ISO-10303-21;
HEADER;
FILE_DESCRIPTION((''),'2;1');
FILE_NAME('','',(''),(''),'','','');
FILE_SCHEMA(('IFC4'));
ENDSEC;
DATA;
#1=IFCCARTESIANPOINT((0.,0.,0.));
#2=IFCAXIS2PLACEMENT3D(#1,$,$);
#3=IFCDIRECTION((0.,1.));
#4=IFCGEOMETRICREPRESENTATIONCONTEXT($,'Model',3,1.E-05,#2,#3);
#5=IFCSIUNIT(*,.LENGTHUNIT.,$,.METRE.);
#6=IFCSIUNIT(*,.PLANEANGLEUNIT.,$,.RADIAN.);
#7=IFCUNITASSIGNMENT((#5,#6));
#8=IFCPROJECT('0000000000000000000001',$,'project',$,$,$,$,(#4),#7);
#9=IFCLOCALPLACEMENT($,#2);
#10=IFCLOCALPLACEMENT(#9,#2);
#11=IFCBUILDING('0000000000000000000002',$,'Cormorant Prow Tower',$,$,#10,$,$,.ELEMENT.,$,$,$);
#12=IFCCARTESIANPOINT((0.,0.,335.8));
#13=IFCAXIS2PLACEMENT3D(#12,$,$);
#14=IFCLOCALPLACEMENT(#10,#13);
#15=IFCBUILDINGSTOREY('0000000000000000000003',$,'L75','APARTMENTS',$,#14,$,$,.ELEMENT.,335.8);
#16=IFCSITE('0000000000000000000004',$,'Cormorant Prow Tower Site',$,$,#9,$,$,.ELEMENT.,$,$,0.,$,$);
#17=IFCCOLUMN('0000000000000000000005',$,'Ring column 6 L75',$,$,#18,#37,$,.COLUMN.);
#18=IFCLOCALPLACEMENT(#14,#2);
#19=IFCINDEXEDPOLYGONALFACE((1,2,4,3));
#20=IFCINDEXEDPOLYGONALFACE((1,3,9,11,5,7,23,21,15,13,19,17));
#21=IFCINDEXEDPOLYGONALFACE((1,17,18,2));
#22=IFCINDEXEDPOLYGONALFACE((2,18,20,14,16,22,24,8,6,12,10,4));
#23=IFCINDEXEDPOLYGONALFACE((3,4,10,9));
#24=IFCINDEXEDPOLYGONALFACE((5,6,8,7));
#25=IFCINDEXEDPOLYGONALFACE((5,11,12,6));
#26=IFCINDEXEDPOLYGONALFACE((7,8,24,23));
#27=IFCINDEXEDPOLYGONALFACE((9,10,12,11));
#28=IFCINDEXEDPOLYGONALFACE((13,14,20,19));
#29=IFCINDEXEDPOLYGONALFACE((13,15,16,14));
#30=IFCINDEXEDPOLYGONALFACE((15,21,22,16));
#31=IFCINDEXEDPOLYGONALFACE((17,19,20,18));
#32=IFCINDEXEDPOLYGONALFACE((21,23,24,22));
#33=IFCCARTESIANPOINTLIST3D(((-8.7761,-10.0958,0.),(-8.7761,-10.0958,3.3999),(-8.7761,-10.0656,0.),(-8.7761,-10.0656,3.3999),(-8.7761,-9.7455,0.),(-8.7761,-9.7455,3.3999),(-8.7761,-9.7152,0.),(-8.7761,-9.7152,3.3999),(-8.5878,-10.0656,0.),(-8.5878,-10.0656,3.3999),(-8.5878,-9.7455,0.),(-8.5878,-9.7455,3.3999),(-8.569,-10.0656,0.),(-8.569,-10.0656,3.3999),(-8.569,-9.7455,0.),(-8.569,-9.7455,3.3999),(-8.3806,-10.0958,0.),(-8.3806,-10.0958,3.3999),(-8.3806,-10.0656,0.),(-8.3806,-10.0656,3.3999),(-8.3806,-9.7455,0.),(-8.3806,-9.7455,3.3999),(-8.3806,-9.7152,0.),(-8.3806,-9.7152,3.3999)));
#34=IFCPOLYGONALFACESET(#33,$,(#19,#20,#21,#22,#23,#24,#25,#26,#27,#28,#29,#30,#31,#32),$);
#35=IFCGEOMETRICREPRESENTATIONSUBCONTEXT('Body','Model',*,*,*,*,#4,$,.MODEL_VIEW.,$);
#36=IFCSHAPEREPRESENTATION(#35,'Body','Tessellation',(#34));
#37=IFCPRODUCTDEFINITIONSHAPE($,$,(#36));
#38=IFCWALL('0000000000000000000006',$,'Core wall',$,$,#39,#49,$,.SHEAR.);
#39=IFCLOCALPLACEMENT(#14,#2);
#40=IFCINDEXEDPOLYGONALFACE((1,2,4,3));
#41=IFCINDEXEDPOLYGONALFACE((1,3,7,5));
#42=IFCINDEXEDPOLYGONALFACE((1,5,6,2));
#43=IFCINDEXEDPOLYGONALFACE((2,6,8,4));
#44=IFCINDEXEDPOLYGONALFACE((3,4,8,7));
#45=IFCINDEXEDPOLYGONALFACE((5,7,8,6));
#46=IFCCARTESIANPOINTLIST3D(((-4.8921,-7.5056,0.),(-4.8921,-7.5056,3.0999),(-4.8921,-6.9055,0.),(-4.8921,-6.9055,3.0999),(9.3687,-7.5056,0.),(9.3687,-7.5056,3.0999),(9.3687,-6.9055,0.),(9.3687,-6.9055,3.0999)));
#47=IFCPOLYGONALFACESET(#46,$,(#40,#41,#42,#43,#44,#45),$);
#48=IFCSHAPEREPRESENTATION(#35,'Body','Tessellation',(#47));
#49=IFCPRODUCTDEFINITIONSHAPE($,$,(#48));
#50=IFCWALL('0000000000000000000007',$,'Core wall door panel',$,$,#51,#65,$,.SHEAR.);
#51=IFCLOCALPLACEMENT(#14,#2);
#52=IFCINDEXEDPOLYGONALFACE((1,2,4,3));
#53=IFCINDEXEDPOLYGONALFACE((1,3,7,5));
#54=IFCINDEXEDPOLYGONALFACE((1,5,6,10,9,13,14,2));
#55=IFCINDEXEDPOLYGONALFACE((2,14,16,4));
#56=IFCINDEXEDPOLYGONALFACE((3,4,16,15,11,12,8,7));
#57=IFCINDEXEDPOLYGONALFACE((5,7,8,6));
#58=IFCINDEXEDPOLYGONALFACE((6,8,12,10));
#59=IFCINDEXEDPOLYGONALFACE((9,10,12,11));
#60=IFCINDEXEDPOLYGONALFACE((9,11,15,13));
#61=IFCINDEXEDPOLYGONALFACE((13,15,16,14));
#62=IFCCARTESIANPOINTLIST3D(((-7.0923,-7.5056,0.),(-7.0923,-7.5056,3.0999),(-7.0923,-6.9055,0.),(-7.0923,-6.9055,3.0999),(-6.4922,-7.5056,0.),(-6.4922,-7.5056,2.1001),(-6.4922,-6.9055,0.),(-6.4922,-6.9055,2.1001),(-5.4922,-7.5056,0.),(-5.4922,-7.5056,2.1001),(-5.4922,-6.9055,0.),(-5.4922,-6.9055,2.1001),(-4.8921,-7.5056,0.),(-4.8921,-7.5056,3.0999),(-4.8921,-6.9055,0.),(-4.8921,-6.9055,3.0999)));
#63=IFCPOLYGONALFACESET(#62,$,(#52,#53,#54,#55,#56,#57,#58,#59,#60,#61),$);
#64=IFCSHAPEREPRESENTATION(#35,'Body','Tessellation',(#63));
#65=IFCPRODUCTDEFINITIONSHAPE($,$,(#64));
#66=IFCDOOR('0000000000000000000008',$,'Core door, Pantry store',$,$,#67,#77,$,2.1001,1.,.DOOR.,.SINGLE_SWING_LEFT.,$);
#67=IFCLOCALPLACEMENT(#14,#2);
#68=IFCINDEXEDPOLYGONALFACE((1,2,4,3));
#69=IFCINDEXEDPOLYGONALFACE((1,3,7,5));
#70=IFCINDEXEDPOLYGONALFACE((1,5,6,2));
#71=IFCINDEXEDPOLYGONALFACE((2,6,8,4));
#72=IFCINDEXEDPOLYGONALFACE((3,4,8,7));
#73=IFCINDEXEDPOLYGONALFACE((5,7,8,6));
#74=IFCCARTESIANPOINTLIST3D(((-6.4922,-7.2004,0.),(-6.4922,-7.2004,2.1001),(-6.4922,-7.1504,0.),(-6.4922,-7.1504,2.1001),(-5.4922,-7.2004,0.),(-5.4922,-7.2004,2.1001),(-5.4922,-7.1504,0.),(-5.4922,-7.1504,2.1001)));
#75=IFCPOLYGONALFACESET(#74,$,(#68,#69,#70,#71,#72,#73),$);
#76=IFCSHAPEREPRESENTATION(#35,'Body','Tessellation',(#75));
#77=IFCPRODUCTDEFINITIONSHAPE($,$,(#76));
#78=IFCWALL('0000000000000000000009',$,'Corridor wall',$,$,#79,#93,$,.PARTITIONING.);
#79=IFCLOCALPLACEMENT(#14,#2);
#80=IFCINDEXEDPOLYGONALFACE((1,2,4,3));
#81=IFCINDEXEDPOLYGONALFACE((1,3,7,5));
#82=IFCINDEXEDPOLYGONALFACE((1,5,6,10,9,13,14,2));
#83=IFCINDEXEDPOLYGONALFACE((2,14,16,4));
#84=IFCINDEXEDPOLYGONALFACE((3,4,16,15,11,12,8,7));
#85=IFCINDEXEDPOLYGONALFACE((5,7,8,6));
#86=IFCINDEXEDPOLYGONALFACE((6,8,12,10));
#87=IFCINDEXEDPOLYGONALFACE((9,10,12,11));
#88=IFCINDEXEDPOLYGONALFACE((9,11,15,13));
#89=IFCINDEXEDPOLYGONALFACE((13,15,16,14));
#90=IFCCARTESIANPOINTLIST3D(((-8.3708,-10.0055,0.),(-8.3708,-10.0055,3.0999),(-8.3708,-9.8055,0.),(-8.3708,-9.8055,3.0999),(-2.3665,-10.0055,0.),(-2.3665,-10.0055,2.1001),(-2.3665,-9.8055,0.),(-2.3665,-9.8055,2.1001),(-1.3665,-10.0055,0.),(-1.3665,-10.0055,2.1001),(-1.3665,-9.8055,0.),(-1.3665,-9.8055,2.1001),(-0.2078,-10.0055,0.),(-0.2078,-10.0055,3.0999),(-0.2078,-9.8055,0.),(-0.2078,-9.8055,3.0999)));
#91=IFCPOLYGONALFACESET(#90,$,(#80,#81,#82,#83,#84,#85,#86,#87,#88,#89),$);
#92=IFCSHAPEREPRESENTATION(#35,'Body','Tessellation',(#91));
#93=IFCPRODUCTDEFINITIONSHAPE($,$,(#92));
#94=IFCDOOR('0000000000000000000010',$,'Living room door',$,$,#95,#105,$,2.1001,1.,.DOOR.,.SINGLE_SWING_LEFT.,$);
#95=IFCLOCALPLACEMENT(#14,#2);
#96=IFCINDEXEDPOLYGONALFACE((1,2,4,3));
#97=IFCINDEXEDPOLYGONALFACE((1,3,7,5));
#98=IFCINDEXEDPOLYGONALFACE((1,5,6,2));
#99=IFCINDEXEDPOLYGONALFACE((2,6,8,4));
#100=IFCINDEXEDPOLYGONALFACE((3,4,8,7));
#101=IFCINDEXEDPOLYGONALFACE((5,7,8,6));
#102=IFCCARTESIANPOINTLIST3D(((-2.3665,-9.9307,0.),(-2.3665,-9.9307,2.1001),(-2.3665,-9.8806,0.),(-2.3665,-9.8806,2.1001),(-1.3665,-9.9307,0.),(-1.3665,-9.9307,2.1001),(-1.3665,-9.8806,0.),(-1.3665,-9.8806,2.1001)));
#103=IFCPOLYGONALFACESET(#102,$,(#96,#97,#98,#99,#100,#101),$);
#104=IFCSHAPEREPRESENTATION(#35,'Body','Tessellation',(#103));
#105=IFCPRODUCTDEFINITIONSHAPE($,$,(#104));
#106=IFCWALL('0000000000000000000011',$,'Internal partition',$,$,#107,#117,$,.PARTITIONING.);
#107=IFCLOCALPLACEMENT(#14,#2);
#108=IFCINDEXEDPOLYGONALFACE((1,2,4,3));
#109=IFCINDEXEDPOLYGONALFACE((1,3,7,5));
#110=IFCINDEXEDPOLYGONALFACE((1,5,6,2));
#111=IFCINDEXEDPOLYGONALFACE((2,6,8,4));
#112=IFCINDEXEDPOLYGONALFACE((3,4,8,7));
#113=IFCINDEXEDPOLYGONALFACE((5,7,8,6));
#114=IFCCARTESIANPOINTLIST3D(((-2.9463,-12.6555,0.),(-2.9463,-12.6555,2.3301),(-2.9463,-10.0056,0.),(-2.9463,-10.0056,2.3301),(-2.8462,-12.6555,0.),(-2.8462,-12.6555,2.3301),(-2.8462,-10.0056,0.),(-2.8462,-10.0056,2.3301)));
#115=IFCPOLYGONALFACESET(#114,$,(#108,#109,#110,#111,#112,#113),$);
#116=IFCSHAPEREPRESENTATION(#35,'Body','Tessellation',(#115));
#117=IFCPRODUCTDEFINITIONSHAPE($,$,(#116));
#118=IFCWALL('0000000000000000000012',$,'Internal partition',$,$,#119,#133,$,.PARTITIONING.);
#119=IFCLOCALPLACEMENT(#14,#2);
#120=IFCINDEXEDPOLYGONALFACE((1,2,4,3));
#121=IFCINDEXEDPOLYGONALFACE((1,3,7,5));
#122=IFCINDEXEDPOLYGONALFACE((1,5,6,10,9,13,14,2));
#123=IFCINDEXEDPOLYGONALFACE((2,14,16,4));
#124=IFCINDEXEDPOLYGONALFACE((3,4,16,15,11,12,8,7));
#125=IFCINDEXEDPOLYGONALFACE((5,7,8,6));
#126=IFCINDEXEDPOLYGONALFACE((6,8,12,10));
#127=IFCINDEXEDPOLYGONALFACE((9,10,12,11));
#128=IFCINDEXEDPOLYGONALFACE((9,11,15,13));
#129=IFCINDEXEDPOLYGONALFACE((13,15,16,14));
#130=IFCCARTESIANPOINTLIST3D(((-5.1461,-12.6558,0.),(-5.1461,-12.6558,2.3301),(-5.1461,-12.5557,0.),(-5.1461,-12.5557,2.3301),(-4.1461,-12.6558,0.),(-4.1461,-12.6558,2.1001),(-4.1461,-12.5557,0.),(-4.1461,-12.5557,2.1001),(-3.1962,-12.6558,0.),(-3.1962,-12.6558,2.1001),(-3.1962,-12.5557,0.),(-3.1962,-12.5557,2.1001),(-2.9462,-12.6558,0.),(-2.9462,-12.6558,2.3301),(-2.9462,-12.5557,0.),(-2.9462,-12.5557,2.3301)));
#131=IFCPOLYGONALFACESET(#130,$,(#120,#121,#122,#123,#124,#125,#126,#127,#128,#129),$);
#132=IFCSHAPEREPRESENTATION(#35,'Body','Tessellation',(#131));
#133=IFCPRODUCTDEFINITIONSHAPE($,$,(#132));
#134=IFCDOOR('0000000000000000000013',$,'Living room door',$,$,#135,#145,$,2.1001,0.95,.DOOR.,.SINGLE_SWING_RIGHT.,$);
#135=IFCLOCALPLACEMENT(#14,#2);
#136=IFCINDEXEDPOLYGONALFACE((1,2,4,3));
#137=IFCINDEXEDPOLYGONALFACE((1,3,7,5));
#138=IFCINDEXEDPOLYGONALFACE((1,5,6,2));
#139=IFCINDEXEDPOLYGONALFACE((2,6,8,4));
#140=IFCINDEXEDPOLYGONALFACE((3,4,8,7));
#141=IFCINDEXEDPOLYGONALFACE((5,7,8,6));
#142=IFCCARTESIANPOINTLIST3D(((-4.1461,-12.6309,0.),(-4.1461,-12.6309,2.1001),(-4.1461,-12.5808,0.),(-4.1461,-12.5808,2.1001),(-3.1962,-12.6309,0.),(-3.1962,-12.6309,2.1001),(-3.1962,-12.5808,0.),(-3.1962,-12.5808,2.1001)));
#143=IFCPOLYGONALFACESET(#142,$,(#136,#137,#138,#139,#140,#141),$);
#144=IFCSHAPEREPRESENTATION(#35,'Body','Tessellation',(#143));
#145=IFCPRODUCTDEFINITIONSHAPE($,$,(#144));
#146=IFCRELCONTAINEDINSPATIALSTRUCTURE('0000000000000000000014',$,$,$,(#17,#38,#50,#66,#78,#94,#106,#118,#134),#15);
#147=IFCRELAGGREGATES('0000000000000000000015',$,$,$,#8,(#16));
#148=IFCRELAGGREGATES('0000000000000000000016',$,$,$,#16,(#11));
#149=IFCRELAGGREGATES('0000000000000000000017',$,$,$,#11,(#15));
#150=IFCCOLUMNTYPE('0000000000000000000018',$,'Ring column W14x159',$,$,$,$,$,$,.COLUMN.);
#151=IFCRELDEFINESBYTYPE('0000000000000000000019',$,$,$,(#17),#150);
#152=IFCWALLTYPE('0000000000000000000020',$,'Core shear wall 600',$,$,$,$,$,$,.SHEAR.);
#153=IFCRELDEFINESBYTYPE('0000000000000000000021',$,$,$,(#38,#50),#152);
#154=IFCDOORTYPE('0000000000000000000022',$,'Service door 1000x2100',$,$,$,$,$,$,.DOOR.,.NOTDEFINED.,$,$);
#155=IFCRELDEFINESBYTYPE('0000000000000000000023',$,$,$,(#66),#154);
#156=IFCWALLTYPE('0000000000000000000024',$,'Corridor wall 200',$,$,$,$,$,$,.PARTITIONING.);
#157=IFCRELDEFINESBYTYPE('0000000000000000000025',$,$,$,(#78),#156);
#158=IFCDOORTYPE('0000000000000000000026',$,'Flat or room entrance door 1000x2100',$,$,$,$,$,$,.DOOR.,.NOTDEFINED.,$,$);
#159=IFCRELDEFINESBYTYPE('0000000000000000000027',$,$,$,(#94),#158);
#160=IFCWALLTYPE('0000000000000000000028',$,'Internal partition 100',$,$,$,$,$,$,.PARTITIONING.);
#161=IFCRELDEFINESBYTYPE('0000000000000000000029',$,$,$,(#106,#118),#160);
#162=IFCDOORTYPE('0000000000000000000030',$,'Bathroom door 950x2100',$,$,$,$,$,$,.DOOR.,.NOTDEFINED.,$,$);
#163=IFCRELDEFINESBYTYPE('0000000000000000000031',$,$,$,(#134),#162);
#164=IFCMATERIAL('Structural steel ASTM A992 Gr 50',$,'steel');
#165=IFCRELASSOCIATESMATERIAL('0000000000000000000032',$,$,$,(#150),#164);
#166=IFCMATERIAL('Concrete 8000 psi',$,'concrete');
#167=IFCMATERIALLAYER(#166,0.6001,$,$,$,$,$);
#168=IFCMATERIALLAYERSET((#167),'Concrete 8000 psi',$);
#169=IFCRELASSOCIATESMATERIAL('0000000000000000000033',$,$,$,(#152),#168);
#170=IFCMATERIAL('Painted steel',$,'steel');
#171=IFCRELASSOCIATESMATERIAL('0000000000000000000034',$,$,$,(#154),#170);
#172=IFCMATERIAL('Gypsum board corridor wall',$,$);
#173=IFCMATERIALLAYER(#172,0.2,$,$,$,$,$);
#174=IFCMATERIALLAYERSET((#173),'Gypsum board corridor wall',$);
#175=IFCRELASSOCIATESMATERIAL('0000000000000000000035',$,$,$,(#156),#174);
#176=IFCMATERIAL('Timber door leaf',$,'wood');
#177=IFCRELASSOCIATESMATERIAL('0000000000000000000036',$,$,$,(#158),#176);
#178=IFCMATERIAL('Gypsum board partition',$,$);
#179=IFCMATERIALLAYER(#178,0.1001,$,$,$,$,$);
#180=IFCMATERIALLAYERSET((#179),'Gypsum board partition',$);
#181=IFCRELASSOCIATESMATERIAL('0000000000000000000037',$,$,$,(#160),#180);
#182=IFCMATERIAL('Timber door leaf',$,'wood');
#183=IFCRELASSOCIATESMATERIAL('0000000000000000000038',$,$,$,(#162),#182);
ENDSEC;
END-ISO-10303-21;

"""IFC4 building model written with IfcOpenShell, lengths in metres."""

from ifc_helpers import new_model, si_unit, direction, frame, frame_2d, origin, origin_2d, place, context, subcontext, project, spatial, rectangle, i_section, extrude, material, layer, layer_set, material_profile, profile_set, type_object, element, fill, save


model = new_model("IFC4")

# Units and contexts
model_context = context("Model", 3, precision=1e-05, world=origin(), true_north=direction((0.0, 1.0)))
body_context = subcontext(model_context, "Body", "Model", "MODEL_VIEW")
ifc_project = project(units=[si_unit("LENGTHUNIT", "METRE"), si_unit("PLANEANGLEUNIT", "RADIAN")], contexts=[model_context])

# Site, building, storey
site_placement = place(None, origin())
site = spatial("IfcSite", under=ifc_project, at=site_placement, Name="Cormorant Prow Tower Site", CompositionType="ELEMENT", RefElevation=0.0)
building_placement = place(site_placement, origin())
building = spatial("IfcBuilding", under=site, at=building_placement, Name="Cormorant Prow Tower", CompositionType="ELEMENT")
storey_placement = place(building_placement, frame((0.0, 0.0, 335.8)))
storey = spatial("IfcBuildingStorey", under=building, at=storey_placement, Name="L75", Description="APARTMENTS", CompositionType="ELEMENT", Elevation=335.8)

# Column
ifc_material_1 = material(Name="Structural steel ASTM A992 Gr 50", Category="steel")
ifc_material_profile = material_profile(ifc_material_1, i_section(OverallWidth=0.3955, OverallDepth=0.3806, WebThickness=0.0188, FlangeThickness=0.0303, at=origin_2d()), Name="W14x159")
ifc_profile_set = profile_set([ifc_material_profile], Name="Structural steel ASTM A992 Gr 50")
column_type = type_object("IfcColumnType", Name="Ring column W14x159", PredefinedType="COLUMN", material=ifc_profile_set)
column_placement = place(storey_placement, frame((-8.5784, -9.9055, 0.0), z_axis=(0.0, 0.0, 1.0), x_axis=(1.0, 0.0, 0.0)))
element("IfcColumn", 1, at=column_placement, inside=storey, type_object=column_type, Name="Ring column 6 L75", PredefinedType="COLUMN", context=body_context, shape_type="SweptSolid", body=[
    extrude(i_section(OverallWidth=0.3955, OverallDepth=0.3806, WebThickness=0.0188, FlangeThickness=0.0303, at=origin_2d()), origin(), (0.0, 0.0, 1.0), 3.3999),
])

# Wall
ifc_material_2 = material(Name="Concrete 8000 psi", Category="concrete")
ifc_layer_1 = layer(ifc_material_2, 0.6001)
ifc_layer_set_1 = layer_set([ifc_layer_1], Name="Concrete 8000 psi")
wall_type_1 = type_object("IfcWallType", Name="Core shear wall 600", PredefinedType="SHEAR", material=ifc_layer_set_1)
wall_1_placement = place(storey_placement, frame((-4.8921, -7.2056, 0.0), z_axis=(0.0, 0.0, 1.0), x_axis=(1.0, 0.0, 0.0)))
element("IfcWall", 2, at=wall_1_placement, inside=storey, type_object=wall_type_1, Name="Core wall", PredefinedType="SHEAR", context=body_context, shape_type="SweptSolid", body=[
    extrude(rectangle(XDim=14.2607, YDim=0.6001, at=frame_2d((7.1304, 0.0))), origin(), (0.0, 0.0, 1.0), 3.0999),
])

# Walls, openings, doors
wall_2_placement = place(storey_placement, frame((-7.0923, -7.2056, 0.0), z_axis=(0.0, 0.0, 1.0), x_axis=(1.0, 0.0, 0.0)))
wall_2 = element("IfcWall", 3, at=wall_2_placement, inside=storey, type_object=wall_type_1, Name="Core wall door panel", PredefinedType="SHEAR", context=body_context, shape_type="SweptSolid", body=[
    extrude(rectangle(XDim=2.2002, YDim=0.6001, at=frame_2d((1.1001, 0.0))), origin(), (0.0, 0.0, 1.0), 3.0999),
])
opening_1_placement = place(wall_2_placement, frame((0.6001, 0.0, 0.0)))
opening_1 = element("IfcOpeningElement", 4, at=opening_1_placement, cuts=wall_2, PredefinedType="OPENING", context=body_context, shape_type="SweptSolid", body=[
    extrude(rectangle(XDim=1.0, YDim=2.1001, at=frame_2d((0.5, 1.05))), frame((0.0, 0.3101, 0.0), z_axis=(0.0, -1.0, 0.0), x_axis=(1.0, 0.0, 0.0)), (0.0, 0.0, 1.0), 0.6201),
])
ifc_material_3 = material(Name="Painted steel", Category="steel")
door_type_1 = type_object("IfcDoorType", Name="Service door 1000x2100", OperationType="NOTDEFINED", PredefinedType="DOOR", material=ifc_material_3)
door_1_placement = place(opening_1_placement, origin())
door_1 = element("IfcDoor", 5, at=door_1_placement, inside=storey, type_object=door_type_1, Name="Core door, Pantry store", OperationType="SINGLE_SWING_LEFT", OverallHeight=2.1001, OverallWidth=1.0, PredefinedType="DOOR", context=body_context, shape_type="SweptSolid", body=[
    extrude(rectangle(XDim=1.0, YDim=2.1001, at=frame_2d((0.5, 1.05))), frame((0.0, 0.0552, 0.0), z_axis=(0.0, -1.0, 0.0), x_axis=(1.0, 0.0, 0.0)), (0.0, 0.0, 1.0), 0.05),
])
fill(opening_1, door_1)
ifc_material_4 = material(Name="Gypsum board corridor wall")
ifc_layer_2 = layer(ifc_material_4, 0.2)
ifc_layer_set_2 = layer_set([ifc_layer_2], Name="Gypsum board corridor wall")
wall_type_2 = type_object("IfcWallType", Name="Corridor wall 200", PredefinedType="PARTITIONING", material=ifc_layer_set_2)
wall_3_placement = place(storey_placement, frame((-8.3708, -9.9055, 0.0), z_axis=(0.0, 0.0, 1.0), x_axis=(1.0, 0.0, 0.0)))
wall_3 = element("IfcWall", 6, at=wall_3_placement, inside=storey, type_object=wall_type_2, Name="Corridor wall", PredefinedType="PARTITIONING", context=body_context, shape_type="SweptSolid", body=[
    extrude(rectangle(XDim=8.1631, YDim=0.2, at=frame_2d((4.0815, 0.0))), origin(), (0.0, 0.0, 1.0), 3.0999),
])
opening_2_placement = place(wall_3_placement, frame((6.0044, 0.0, 0.0)))
opening_2 = element("IfcOpeningElement", 7, at=opening_2_placement, cuts=wall_3, PredefinedType="OPENING", context=body_context, shape_type="SweptSolid", body=[
    extrude(rectangle(XDim=1.0, YDim=2.1001, at=frame_2d((0.5, 1.05))), frame((0.0, 0.1099, 0.0), z_axis=(0.0, -1.0, 0.0), x_axis=(1.0, 0.0, 0.0)), (0.0, 0.0, 1.0), 0.22),
])
ifc_material_5 = material(Name="Timber door leaf", Category="wood")
door_type_2 = type_object("IfcDoorType", Name="Flat or room entrance door 1000x2100", OperationType="NOTDEFINED", PredefinedType="DOOR", material=ifc_material_5)
door_2_placement = place(opening_2_placement, origin())
door_2 = element("IfcDoor", 8, at=door_2_placement, inside=storey, type_object=door_type_2, Name="Living room door", OperationType="SINGLE_SWING_LEFT", OverallHeight=2.1001, OverallWidth=1.0, PredefinedType="DOOR", context=body_context, shape_type="SweptSolid", body=[
    extrude(rectangle(XDim=1.0, YDim=2.1001, at=frame_2d((0.5, 1.05))), frame((0.0, 0.0249, 0.0), z_axis=(0.0, -1.0, 0.0), x_axis=(1.0, 0.0, 0.0)), (0.0, 0.0, 1.0), 0.05),
])
fill(opening_2, door_2)

# Wall
ifc_material_6 = material(Name="Gypsum board partition")
ifc_layer_3 = layer(ifc_material_6, 0.1001)
ifc_layer_set_3 = layer_set([ifc_layer_3], Name="Gypsum board partition")
wall_type_3 = type_object("IfcWallType", Name="Internal partition 100", PredefinedType="PARTITIONING", material=ifc_layer_set_3)
wall_4_placement = place(storey_placement, frame((-2.8962, -12.6555, 0.0), z_axis=(0.0, 0.0, 1.0), x_axis=(0.0, 1.0, 0.0)))
element("IfcWall", 9, at=wall_4_placement, inside=storey, type_object=wall_type_3, Name="Internal partition", PredefinedType="PARTITIONING", context=body_context, shape_type="SweptSolid", body=[
    extrude(rectangle(XDim=2.6499, YDim=0.1001, at=frame_2d((1.325, 0.0))), origin(), (0.0, 0.0, 1.0), 2.3301),
])

# Wall, opening, door
wall_5_placement = place(storey_placement, frame((-5.1462, -12.6057, 0.0), z_axis=(0.0, 0.0, 1.0), x_axis=(1.0, 0.0, 0.0)))
wall_5 = element("IfcWall", 10, at=wall_5_placement, inside=storey, type_object=wall_type_3, Name="Internal partition", PredefinedType="PARTITIONING", context=body_context, shape_type="SweptSolid", body=[
    extrude(rectangle(XDim=2.2, YDim=0.1001, at=frame_2d((1.1001, 0.0))), origin(), (0.0, 0.0, 1.0), 2.3301),
])
opening_3_placement = place(wall_5_placement, frame((1.0, 0.0, 0.0)))
opening_3 = element("IfcOpeningElement", 11, at=opening_3_placement, cuts=wall_5, PredefinedType="OPENING", context=body_context, shape_type="SweptSolid", body=[
    extrude(rectangle(XDim=0.95, YDim=2.1001, at=frame_2d((0.4751, 1.05))), frame((0.0, 0.0601, 0.0), z_axis=(0.0, -1.0, 0.0), x_axis=(1.0, 0.0, 0.0)), (0.0, 0.0, 1.0), 0.1201),
])
ifc_material_7 = material(Name="Timber door leaf", Category="wood")
door_type_3 = type_object("IfcDoorType", Name="Bathroom door 950x2100", OperationType="NOTDEFINED", PredefinedType="DOOR", material=ifc_material_7)
door_3_placement = place(opening_3_placement, origin())
door_3 = element("IfcDoor", 12, at=door_3_placement, inside=storey, type_object=door_type_3, Name="Living room door", OperationType="SINGLE_SWING_RIGHT", OverallHeight=2.1001, OverallWidth=0.95, PredefinedType="DOOR", context=body_context, shape_type="SweptSolid", body=[
    extrude(rectangle(XDim=0.95, YDim=2.1001, at=frame_2d((0.4751, 1.05))), frame((0.0, 0.0249, 0.0), z_axis=(0.0, -1.0, 0.0), x_axis=(1.0, 0.0, 0.0)), (0.0, 0.0, 1.0), 0.05),
])
fill(opening_3, door_3)

save(model, "model.ifc")
